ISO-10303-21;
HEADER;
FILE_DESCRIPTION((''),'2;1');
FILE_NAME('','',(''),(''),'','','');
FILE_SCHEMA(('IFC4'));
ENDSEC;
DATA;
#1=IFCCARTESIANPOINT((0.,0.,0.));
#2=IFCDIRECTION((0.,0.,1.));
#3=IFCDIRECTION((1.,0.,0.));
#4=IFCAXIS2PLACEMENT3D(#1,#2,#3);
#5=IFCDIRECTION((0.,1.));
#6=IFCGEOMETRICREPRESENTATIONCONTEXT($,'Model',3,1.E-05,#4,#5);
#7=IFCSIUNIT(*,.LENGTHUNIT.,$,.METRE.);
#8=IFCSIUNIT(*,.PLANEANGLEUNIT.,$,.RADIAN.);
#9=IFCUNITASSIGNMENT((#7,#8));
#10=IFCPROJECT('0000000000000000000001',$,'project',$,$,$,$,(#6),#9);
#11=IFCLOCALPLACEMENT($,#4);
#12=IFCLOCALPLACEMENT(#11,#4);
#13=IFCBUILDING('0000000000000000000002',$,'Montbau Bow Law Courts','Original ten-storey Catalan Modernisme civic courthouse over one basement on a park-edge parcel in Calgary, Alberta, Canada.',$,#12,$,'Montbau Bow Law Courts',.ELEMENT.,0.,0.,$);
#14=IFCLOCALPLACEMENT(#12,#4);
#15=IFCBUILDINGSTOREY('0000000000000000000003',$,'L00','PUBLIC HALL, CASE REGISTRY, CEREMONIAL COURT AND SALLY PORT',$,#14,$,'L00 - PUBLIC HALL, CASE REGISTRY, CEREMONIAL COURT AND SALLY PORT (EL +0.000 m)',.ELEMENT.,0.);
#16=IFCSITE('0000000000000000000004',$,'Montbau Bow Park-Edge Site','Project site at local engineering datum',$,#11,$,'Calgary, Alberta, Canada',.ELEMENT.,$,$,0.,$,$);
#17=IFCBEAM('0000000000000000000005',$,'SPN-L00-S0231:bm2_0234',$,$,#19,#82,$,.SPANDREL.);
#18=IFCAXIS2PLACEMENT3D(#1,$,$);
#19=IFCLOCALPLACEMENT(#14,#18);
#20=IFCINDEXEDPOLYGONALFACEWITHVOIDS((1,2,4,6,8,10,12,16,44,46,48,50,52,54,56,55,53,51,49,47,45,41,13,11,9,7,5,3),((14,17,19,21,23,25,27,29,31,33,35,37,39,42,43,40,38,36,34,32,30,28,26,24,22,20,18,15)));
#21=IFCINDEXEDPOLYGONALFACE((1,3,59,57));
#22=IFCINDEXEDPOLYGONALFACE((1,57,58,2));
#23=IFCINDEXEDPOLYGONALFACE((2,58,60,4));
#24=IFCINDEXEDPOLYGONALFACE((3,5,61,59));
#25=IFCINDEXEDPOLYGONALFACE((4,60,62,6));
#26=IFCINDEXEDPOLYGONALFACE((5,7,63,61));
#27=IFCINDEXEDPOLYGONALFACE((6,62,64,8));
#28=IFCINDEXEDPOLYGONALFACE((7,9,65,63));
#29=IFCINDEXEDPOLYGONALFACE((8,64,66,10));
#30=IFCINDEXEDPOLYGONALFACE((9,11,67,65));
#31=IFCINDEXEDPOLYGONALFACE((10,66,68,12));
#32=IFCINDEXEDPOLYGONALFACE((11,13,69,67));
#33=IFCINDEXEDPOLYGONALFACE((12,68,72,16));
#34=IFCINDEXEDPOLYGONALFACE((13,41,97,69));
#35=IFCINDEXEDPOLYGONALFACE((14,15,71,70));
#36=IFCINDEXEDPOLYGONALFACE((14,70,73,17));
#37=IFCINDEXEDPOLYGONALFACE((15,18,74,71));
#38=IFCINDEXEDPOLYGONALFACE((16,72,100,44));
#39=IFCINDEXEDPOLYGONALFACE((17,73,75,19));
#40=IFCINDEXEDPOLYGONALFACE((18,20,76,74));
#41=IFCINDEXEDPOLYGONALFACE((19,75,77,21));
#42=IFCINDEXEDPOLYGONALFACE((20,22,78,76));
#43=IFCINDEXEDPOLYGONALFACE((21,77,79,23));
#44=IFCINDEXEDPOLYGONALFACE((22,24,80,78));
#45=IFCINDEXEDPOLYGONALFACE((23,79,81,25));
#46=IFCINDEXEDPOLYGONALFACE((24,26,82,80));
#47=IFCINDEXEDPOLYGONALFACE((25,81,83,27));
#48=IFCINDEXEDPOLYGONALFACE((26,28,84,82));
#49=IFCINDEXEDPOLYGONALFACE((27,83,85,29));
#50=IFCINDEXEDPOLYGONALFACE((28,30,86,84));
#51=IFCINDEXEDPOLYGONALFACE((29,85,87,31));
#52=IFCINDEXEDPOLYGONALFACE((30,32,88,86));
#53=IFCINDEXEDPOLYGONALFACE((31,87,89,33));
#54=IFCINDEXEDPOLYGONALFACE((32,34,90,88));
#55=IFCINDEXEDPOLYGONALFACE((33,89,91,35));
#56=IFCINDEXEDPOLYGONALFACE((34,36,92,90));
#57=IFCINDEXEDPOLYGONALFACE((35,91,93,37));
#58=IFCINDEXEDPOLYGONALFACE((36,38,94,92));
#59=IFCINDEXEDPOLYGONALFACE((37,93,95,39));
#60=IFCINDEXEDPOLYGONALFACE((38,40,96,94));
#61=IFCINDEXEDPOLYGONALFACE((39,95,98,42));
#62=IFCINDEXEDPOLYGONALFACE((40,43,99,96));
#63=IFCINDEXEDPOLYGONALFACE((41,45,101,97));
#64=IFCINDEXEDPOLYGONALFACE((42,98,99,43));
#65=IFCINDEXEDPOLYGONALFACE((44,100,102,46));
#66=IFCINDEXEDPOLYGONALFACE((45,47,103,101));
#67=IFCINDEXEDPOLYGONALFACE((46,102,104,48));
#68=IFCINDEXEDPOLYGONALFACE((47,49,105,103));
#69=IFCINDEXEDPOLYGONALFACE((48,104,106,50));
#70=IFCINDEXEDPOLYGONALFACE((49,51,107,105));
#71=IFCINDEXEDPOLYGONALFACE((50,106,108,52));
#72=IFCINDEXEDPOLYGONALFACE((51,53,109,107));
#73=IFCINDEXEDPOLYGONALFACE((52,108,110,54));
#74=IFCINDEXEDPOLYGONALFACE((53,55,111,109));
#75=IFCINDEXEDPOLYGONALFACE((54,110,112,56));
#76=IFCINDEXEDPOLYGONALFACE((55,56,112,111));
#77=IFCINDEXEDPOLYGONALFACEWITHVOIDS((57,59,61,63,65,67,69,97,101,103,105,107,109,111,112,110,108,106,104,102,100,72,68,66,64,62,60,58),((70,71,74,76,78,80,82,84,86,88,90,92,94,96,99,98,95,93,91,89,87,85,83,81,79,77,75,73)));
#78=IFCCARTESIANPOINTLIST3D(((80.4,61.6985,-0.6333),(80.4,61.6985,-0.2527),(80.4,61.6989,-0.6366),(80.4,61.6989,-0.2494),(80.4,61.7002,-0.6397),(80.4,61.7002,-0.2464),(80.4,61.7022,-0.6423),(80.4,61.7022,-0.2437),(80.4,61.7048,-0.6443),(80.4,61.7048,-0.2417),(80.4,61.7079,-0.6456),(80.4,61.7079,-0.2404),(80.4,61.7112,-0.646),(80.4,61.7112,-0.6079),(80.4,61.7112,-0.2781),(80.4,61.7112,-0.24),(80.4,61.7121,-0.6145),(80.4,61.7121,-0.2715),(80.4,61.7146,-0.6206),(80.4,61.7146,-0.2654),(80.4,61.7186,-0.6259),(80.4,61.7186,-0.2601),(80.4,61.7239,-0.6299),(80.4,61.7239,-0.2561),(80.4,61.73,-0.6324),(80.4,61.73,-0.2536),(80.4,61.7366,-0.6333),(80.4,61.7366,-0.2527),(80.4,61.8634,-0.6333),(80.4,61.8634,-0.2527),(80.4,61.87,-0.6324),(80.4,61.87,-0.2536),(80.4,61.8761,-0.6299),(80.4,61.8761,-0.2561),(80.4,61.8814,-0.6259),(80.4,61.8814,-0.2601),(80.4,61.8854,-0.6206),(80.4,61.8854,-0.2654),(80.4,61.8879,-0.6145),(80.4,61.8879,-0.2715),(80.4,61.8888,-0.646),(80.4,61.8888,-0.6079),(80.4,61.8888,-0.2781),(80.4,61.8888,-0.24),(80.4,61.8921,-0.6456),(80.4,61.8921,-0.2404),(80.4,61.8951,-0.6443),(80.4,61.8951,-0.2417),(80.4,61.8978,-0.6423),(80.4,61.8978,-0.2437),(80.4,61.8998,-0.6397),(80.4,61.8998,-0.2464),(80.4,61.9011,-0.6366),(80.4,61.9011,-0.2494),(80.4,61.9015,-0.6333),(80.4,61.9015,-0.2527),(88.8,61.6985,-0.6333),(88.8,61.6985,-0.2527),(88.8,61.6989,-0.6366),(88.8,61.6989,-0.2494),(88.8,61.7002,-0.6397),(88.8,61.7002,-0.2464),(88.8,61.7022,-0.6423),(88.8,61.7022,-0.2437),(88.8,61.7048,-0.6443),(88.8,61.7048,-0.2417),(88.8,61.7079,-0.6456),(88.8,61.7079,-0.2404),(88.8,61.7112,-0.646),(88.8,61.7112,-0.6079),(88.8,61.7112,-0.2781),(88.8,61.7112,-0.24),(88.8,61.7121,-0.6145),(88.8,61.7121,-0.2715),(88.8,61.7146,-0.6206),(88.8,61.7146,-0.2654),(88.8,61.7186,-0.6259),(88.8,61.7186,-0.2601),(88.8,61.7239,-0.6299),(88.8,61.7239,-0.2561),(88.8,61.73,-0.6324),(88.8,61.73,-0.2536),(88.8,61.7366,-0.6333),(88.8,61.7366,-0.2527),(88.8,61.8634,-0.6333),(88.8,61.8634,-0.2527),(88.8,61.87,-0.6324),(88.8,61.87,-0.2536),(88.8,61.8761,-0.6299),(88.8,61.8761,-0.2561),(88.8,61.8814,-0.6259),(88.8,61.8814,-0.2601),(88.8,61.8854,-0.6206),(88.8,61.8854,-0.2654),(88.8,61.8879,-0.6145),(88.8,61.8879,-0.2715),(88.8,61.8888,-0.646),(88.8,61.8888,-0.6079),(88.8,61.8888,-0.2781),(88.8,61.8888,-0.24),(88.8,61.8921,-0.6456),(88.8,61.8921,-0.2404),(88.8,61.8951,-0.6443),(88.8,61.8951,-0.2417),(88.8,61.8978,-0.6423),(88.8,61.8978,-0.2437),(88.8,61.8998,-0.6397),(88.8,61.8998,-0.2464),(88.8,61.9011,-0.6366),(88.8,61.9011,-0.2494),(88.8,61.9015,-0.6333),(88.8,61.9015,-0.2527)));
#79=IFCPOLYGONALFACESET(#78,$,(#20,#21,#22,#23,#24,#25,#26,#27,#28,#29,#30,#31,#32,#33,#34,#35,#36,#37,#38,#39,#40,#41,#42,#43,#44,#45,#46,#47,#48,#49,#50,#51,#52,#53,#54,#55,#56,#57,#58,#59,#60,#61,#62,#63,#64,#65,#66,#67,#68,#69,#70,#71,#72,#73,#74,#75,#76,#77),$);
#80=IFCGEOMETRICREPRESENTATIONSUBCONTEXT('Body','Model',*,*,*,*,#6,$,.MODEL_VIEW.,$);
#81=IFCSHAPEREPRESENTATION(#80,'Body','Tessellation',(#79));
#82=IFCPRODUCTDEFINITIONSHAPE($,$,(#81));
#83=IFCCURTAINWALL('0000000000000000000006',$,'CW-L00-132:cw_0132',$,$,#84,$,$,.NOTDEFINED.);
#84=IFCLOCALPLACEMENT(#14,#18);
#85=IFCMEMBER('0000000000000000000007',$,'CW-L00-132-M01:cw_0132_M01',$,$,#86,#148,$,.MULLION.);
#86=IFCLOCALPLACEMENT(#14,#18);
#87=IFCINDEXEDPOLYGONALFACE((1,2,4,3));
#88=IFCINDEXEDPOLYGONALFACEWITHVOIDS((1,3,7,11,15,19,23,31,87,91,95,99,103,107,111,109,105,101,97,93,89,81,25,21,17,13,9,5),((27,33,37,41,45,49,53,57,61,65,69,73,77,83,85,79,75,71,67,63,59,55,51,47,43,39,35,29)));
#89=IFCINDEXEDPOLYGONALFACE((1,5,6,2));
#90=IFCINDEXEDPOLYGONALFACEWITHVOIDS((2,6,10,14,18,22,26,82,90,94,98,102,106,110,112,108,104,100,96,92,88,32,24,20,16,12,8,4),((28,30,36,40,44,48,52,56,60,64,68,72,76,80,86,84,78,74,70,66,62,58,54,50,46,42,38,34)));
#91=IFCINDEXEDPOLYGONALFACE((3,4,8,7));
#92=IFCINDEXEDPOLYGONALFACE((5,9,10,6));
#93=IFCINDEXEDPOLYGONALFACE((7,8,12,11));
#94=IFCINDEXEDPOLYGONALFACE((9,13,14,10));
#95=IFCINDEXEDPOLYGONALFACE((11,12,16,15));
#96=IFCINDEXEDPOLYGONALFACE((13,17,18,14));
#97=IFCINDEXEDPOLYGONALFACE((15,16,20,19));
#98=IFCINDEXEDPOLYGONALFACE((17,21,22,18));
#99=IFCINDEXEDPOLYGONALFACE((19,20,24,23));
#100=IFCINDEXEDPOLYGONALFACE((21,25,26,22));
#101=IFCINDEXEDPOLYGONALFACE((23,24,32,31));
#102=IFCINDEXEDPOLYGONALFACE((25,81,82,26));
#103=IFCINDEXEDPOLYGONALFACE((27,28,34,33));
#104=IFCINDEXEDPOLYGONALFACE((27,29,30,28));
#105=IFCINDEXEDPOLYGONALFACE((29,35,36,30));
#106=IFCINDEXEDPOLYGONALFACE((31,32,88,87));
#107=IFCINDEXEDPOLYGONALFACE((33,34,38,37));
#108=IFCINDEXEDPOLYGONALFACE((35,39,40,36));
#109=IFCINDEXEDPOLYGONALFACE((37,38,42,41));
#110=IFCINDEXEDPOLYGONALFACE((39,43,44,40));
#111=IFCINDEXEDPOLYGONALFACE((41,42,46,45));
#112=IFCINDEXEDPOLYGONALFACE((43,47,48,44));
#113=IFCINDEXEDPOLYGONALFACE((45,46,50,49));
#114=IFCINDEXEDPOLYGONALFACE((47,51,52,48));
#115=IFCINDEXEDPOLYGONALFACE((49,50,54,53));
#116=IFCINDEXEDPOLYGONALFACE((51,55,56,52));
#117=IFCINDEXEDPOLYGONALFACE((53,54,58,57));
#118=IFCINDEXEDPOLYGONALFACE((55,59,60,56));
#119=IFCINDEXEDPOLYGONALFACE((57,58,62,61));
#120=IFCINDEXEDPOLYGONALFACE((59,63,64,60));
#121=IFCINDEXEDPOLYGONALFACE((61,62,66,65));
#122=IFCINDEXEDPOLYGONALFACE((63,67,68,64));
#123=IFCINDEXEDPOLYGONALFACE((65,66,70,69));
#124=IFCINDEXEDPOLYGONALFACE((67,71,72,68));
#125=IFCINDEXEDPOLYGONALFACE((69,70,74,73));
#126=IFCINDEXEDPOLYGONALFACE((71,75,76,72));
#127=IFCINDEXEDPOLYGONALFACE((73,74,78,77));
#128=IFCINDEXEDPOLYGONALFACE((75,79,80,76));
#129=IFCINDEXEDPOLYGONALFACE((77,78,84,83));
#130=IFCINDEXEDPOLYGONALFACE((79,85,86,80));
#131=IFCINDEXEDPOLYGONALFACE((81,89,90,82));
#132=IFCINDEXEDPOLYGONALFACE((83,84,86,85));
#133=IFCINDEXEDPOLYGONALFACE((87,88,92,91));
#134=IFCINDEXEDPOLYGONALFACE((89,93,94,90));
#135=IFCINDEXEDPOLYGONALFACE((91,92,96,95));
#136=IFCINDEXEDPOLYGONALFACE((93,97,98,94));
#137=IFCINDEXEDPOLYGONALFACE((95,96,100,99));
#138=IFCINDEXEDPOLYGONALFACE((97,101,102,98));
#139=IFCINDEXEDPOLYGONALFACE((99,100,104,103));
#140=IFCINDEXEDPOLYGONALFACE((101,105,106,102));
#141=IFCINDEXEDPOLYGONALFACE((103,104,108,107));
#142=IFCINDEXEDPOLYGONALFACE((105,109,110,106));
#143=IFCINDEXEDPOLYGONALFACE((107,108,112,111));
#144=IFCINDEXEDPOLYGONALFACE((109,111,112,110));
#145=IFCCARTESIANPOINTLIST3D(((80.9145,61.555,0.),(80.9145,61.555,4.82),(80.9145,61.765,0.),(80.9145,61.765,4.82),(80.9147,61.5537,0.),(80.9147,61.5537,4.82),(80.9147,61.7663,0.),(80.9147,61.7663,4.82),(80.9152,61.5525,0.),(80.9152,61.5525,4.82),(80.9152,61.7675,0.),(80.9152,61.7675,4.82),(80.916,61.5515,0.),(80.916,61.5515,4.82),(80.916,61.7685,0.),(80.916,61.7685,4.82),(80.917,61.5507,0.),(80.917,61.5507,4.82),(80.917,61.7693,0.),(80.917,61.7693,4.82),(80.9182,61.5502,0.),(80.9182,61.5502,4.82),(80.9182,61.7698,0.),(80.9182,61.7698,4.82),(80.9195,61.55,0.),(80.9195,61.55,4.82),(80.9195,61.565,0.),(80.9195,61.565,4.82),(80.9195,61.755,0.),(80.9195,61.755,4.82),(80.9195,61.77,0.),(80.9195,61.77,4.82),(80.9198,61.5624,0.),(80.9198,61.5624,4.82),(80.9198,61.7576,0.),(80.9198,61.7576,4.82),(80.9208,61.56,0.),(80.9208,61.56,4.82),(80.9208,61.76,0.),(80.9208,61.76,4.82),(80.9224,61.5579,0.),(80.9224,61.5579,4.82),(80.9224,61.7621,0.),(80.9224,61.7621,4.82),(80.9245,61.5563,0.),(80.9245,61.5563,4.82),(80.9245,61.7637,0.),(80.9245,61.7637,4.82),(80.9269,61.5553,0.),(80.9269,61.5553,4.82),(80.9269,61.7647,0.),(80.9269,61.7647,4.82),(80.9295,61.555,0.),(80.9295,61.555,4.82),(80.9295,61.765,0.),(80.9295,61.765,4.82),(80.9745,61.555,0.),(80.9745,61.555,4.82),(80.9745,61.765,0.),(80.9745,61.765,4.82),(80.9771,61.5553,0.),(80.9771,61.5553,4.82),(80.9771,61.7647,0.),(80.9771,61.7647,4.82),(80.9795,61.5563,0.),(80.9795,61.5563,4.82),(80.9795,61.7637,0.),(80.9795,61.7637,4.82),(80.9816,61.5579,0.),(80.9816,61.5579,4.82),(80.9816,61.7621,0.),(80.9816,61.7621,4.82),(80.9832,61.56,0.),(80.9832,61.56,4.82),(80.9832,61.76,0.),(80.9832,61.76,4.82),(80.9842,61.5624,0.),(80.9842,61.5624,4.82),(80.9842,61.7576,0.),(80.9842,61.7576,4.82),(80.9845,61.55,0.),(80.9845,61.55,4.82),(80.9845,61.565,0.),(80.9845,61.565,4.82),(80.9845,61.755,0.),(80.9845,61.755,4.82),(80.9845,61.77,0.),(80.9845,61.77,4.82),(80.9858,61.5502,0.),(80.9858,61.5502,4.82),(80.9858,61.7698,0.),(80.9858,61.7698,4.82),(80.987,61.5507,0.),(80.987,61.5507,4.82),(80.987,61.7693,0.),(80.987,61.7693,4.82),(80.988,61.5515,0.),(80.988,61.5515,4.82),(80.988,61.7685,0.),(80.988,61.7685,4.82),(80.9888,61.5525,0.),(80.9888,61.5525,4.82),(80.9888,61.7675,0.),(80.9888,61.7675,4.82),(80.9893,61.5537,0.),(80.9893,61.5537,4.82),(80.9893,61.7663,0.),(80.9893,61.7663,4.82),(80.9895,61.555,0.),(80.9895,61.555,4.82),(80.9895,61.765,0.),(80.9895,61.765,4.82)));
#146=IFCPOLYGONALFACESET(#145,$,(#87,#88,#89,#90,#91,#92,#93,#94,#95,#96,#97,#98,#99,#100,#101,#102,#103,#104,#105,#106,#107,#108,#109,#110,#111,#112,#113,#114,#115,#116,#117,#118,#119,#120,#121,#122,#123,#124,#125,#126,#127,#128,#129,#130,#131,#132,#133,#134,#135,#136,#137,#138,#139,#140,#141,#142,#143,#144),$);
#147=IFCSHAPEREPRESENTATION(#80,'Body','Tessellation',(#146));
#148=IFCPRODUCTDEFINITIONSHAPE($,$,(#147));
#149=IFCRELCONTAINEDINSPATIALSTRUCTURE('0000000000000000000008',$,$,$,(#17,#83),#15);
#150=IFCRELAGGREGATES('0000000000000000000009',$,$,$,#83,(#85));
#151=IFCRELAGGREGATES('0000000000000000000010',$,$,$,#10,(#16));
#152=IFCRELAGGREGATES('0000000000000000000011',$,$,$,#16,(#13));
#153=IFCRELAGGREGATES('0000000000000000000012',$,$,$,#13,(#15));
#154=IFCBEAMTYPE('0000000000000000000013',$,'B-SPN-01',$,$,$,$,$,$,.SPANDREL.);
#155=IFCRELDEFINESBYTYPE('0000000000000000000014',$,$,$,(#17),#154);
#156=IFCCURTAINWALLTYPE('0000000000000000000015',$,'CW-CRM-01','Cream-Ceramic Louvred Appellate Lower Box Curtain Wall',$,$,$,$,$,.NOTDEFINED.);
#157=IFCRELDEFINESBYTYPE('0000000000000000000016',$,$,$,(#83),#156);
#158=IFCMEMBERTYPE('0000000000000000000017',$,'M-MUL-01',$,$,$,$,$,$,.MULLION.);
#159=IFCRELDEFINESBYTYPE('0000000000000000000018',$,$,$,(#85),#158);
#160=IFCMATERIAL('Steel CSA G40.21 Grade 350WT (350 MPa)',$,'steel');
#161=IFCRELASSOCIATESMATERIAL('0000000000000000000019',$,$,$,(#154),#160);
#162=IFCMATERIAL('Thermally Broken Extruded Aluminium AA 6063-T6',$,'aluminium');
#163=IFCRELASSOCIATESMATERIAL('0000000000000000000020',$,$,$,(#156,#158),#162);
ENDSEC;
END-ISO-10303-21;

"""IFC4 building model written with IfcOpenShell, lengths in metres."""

from ifc_helpers import new_model, si_unit, direction, frame, origin_with_axes, origin_2d_with_axis, place, context, subcontext, project, spatial, hollow_rectangle, extrude, material, material_profile, profile_set, type_object, element, aggregate, save


model = new_model("IFC4")

# Units and contexts
model_context = context("Model", 3, precision=1e-05, world=origin_with_axes(), true_north=direction((0.0, 1.0)))
body_context = subcontext(model_context, "Body", "Model", "MODEL_VIEW")
ifc_project = project(units=[si_unit("LENGTHUNIT", "METRE"), si_unit("PLANEANGLEUNIT", "RADIAN")], contexts=[model_context])

# Site, building, storey
site_placement = place(None, origin_with_axes())
site = spatial("IfcSite", under=ifc_project, at=site_placement, Name="Montbau Bow Park-Edge Site", Description="Project site at local engineering datum", LongName="Calgary, Alberta, Canada", CompositionType="ELEMENT", RefElevation=0.0)
building_placement = place(site_placement, origin_with_axes())
building = spatial("IfcBuilding", under=site, at=building_placement, Name="Montbau Bow Law Courts", Description="Original ten-storey Catalan Modernisme civic courthouse over one basement on a park-edge parcel in Calgary, Alberta, Canada.", LongName="Montbau Bow Law Courts", CompositionType="ELEMENT", ElevationOfRefHeight=0.0, ElevationOfTerrain=0.0)
storey_placement = place(building_placement, origin_with_axes())
storey = spatial("IfcBuildingStorey", under=building, at=storey_placement, Name="L00", Description="PUBLIC HALL, CASE REGISTRY, CEREMONIAL COURT AND SALLY PORT", LongName="L00 - PUBLIC HALL, CASE REGISTRY, CEREMONIAL COURT AND SALLY PORT (EL +0.000 m)", CompositionType="ELEMENT", Elevation=0.0)

# Beam
ifc_material_1 = material(Name="Steel CSA G40.21 Grade 350WT (350 MPa)", Category="steel")
ifc_material_profile_1 = material_profile(ifc_material_1, hollow_rectangle(XDim=0.203, YDim=0.406, WallThickness=0.0127, InnerFilletRadius=0.0254, OuterFilletRadius=0.0127, at=origin_2d_with_axis()), Name="HSS406X203X13", Category="Main", Priority=0)
ifc_profile_set_1 = profile_set([ifc_material_profile_1], Name="Steel CSA G40.21 Grade 350WT (350 MPa)")
beam_type_1 = type_object("IfcBeamType", Name="B-SPN-01", PredefinedType="SPANDREL", material=ifc_profile_set_1)
beam_1_placement = place(None, frame((80.4, 61.8, -0.443), z_axis=(1.0, 0.0, 0.0), x_axis=(0.0, 1.0, 0.0)))
element("IfcBeam", 1, at=beam_1_placement, inside=storey, type_object=beam_type_1, Name="SPN-L00-S0231:bm2_0234", PredefinedType="SPANDREL", context=body_context, shape_type="SweptSolid", body=[
    extrude(hollow_rectangle(XDim=0.203, YDim=0.406, WallThickness=0.0127, InnerFilletRadius=0.0254, OuterFilletRadius=0.0127, at=origin_2d_with_axis()), origin_with_axes(), (0.0, 0.0, 1.0), 8.4),
])

# Curtain wall, member
ifc_material_2 = material(Name="Thermally Broken Extruded Aluminium AA 6063-T6", Category="aluminium")
curtain_wall_type = type_object("IfcCurtainWallType", Name="CW-CRM-01", Description="Cream-Ceramic Louvred Appellate Lower Box Curtain Wall", PredefinedType="NOTDEFINED", material=ifc_material_2)
curtain_wall_placement = place(None, frame((80.915, 61.66, 0.0), z_axis=(0.0, 0.0, 1.0), x_axis=(1.0, 0.0, 0.0)))
curtain_wall = element("IfcCurtainWall", 2, at=curtain_wall_placement, inside=storey, type_object=curtain_wall_type, Name="CW-L00-132:cw_0132", PredefinedType="NOTDEFINED")
ifc_material_profile_2 = material_profile(ifc_material_2, hollow_rectangle(XDim=0.075, YDim=0.22, WallThickness=0.005, InnerFilletRadius=0.01, OuterFilletRadius=0.005, at=origin_2d_with_axis()), Name="CWM-220X75", Category="Main", Priority=0)
ifc_profile_set_2 = profile_set([ifc_material_profile_2], Name="Thermally Broken Extruded Aluminium AA 6063-T6")
member_type_1 = type_object("IfcMemberType", Name="M-MUL-01", PredefinedType="MULLION", material=ifc_profile_set_2)
member_1_placement = place(None, frame((80.952, 61.66, 0.0), z_axis=(0.0, 0.0, 1.0), x_axis=(1.0, 0.0, 0.0)))
member_1 = element("IfcMember", 3, at=member_1_placement, type_object=member_type_1, Name="CW-L00-132-M01:cw_0132_M01", PredefinedType="MULLION", context=body_context, shape_type="SweptSolid", body=[
    extrude(hollow_rectangle(XDim=0.075, YDim=0.22, WallThickness=0.005, InnerFilletRadius=0.01, OuterFilletRadius=0.005, at=origin_2d_with_axis()), origin_with_axes(), (0.0, 0.0, 1.0), 4.82),
])

aggregate(curtain_wall, [member_1])

save(model, "model.ifc")
